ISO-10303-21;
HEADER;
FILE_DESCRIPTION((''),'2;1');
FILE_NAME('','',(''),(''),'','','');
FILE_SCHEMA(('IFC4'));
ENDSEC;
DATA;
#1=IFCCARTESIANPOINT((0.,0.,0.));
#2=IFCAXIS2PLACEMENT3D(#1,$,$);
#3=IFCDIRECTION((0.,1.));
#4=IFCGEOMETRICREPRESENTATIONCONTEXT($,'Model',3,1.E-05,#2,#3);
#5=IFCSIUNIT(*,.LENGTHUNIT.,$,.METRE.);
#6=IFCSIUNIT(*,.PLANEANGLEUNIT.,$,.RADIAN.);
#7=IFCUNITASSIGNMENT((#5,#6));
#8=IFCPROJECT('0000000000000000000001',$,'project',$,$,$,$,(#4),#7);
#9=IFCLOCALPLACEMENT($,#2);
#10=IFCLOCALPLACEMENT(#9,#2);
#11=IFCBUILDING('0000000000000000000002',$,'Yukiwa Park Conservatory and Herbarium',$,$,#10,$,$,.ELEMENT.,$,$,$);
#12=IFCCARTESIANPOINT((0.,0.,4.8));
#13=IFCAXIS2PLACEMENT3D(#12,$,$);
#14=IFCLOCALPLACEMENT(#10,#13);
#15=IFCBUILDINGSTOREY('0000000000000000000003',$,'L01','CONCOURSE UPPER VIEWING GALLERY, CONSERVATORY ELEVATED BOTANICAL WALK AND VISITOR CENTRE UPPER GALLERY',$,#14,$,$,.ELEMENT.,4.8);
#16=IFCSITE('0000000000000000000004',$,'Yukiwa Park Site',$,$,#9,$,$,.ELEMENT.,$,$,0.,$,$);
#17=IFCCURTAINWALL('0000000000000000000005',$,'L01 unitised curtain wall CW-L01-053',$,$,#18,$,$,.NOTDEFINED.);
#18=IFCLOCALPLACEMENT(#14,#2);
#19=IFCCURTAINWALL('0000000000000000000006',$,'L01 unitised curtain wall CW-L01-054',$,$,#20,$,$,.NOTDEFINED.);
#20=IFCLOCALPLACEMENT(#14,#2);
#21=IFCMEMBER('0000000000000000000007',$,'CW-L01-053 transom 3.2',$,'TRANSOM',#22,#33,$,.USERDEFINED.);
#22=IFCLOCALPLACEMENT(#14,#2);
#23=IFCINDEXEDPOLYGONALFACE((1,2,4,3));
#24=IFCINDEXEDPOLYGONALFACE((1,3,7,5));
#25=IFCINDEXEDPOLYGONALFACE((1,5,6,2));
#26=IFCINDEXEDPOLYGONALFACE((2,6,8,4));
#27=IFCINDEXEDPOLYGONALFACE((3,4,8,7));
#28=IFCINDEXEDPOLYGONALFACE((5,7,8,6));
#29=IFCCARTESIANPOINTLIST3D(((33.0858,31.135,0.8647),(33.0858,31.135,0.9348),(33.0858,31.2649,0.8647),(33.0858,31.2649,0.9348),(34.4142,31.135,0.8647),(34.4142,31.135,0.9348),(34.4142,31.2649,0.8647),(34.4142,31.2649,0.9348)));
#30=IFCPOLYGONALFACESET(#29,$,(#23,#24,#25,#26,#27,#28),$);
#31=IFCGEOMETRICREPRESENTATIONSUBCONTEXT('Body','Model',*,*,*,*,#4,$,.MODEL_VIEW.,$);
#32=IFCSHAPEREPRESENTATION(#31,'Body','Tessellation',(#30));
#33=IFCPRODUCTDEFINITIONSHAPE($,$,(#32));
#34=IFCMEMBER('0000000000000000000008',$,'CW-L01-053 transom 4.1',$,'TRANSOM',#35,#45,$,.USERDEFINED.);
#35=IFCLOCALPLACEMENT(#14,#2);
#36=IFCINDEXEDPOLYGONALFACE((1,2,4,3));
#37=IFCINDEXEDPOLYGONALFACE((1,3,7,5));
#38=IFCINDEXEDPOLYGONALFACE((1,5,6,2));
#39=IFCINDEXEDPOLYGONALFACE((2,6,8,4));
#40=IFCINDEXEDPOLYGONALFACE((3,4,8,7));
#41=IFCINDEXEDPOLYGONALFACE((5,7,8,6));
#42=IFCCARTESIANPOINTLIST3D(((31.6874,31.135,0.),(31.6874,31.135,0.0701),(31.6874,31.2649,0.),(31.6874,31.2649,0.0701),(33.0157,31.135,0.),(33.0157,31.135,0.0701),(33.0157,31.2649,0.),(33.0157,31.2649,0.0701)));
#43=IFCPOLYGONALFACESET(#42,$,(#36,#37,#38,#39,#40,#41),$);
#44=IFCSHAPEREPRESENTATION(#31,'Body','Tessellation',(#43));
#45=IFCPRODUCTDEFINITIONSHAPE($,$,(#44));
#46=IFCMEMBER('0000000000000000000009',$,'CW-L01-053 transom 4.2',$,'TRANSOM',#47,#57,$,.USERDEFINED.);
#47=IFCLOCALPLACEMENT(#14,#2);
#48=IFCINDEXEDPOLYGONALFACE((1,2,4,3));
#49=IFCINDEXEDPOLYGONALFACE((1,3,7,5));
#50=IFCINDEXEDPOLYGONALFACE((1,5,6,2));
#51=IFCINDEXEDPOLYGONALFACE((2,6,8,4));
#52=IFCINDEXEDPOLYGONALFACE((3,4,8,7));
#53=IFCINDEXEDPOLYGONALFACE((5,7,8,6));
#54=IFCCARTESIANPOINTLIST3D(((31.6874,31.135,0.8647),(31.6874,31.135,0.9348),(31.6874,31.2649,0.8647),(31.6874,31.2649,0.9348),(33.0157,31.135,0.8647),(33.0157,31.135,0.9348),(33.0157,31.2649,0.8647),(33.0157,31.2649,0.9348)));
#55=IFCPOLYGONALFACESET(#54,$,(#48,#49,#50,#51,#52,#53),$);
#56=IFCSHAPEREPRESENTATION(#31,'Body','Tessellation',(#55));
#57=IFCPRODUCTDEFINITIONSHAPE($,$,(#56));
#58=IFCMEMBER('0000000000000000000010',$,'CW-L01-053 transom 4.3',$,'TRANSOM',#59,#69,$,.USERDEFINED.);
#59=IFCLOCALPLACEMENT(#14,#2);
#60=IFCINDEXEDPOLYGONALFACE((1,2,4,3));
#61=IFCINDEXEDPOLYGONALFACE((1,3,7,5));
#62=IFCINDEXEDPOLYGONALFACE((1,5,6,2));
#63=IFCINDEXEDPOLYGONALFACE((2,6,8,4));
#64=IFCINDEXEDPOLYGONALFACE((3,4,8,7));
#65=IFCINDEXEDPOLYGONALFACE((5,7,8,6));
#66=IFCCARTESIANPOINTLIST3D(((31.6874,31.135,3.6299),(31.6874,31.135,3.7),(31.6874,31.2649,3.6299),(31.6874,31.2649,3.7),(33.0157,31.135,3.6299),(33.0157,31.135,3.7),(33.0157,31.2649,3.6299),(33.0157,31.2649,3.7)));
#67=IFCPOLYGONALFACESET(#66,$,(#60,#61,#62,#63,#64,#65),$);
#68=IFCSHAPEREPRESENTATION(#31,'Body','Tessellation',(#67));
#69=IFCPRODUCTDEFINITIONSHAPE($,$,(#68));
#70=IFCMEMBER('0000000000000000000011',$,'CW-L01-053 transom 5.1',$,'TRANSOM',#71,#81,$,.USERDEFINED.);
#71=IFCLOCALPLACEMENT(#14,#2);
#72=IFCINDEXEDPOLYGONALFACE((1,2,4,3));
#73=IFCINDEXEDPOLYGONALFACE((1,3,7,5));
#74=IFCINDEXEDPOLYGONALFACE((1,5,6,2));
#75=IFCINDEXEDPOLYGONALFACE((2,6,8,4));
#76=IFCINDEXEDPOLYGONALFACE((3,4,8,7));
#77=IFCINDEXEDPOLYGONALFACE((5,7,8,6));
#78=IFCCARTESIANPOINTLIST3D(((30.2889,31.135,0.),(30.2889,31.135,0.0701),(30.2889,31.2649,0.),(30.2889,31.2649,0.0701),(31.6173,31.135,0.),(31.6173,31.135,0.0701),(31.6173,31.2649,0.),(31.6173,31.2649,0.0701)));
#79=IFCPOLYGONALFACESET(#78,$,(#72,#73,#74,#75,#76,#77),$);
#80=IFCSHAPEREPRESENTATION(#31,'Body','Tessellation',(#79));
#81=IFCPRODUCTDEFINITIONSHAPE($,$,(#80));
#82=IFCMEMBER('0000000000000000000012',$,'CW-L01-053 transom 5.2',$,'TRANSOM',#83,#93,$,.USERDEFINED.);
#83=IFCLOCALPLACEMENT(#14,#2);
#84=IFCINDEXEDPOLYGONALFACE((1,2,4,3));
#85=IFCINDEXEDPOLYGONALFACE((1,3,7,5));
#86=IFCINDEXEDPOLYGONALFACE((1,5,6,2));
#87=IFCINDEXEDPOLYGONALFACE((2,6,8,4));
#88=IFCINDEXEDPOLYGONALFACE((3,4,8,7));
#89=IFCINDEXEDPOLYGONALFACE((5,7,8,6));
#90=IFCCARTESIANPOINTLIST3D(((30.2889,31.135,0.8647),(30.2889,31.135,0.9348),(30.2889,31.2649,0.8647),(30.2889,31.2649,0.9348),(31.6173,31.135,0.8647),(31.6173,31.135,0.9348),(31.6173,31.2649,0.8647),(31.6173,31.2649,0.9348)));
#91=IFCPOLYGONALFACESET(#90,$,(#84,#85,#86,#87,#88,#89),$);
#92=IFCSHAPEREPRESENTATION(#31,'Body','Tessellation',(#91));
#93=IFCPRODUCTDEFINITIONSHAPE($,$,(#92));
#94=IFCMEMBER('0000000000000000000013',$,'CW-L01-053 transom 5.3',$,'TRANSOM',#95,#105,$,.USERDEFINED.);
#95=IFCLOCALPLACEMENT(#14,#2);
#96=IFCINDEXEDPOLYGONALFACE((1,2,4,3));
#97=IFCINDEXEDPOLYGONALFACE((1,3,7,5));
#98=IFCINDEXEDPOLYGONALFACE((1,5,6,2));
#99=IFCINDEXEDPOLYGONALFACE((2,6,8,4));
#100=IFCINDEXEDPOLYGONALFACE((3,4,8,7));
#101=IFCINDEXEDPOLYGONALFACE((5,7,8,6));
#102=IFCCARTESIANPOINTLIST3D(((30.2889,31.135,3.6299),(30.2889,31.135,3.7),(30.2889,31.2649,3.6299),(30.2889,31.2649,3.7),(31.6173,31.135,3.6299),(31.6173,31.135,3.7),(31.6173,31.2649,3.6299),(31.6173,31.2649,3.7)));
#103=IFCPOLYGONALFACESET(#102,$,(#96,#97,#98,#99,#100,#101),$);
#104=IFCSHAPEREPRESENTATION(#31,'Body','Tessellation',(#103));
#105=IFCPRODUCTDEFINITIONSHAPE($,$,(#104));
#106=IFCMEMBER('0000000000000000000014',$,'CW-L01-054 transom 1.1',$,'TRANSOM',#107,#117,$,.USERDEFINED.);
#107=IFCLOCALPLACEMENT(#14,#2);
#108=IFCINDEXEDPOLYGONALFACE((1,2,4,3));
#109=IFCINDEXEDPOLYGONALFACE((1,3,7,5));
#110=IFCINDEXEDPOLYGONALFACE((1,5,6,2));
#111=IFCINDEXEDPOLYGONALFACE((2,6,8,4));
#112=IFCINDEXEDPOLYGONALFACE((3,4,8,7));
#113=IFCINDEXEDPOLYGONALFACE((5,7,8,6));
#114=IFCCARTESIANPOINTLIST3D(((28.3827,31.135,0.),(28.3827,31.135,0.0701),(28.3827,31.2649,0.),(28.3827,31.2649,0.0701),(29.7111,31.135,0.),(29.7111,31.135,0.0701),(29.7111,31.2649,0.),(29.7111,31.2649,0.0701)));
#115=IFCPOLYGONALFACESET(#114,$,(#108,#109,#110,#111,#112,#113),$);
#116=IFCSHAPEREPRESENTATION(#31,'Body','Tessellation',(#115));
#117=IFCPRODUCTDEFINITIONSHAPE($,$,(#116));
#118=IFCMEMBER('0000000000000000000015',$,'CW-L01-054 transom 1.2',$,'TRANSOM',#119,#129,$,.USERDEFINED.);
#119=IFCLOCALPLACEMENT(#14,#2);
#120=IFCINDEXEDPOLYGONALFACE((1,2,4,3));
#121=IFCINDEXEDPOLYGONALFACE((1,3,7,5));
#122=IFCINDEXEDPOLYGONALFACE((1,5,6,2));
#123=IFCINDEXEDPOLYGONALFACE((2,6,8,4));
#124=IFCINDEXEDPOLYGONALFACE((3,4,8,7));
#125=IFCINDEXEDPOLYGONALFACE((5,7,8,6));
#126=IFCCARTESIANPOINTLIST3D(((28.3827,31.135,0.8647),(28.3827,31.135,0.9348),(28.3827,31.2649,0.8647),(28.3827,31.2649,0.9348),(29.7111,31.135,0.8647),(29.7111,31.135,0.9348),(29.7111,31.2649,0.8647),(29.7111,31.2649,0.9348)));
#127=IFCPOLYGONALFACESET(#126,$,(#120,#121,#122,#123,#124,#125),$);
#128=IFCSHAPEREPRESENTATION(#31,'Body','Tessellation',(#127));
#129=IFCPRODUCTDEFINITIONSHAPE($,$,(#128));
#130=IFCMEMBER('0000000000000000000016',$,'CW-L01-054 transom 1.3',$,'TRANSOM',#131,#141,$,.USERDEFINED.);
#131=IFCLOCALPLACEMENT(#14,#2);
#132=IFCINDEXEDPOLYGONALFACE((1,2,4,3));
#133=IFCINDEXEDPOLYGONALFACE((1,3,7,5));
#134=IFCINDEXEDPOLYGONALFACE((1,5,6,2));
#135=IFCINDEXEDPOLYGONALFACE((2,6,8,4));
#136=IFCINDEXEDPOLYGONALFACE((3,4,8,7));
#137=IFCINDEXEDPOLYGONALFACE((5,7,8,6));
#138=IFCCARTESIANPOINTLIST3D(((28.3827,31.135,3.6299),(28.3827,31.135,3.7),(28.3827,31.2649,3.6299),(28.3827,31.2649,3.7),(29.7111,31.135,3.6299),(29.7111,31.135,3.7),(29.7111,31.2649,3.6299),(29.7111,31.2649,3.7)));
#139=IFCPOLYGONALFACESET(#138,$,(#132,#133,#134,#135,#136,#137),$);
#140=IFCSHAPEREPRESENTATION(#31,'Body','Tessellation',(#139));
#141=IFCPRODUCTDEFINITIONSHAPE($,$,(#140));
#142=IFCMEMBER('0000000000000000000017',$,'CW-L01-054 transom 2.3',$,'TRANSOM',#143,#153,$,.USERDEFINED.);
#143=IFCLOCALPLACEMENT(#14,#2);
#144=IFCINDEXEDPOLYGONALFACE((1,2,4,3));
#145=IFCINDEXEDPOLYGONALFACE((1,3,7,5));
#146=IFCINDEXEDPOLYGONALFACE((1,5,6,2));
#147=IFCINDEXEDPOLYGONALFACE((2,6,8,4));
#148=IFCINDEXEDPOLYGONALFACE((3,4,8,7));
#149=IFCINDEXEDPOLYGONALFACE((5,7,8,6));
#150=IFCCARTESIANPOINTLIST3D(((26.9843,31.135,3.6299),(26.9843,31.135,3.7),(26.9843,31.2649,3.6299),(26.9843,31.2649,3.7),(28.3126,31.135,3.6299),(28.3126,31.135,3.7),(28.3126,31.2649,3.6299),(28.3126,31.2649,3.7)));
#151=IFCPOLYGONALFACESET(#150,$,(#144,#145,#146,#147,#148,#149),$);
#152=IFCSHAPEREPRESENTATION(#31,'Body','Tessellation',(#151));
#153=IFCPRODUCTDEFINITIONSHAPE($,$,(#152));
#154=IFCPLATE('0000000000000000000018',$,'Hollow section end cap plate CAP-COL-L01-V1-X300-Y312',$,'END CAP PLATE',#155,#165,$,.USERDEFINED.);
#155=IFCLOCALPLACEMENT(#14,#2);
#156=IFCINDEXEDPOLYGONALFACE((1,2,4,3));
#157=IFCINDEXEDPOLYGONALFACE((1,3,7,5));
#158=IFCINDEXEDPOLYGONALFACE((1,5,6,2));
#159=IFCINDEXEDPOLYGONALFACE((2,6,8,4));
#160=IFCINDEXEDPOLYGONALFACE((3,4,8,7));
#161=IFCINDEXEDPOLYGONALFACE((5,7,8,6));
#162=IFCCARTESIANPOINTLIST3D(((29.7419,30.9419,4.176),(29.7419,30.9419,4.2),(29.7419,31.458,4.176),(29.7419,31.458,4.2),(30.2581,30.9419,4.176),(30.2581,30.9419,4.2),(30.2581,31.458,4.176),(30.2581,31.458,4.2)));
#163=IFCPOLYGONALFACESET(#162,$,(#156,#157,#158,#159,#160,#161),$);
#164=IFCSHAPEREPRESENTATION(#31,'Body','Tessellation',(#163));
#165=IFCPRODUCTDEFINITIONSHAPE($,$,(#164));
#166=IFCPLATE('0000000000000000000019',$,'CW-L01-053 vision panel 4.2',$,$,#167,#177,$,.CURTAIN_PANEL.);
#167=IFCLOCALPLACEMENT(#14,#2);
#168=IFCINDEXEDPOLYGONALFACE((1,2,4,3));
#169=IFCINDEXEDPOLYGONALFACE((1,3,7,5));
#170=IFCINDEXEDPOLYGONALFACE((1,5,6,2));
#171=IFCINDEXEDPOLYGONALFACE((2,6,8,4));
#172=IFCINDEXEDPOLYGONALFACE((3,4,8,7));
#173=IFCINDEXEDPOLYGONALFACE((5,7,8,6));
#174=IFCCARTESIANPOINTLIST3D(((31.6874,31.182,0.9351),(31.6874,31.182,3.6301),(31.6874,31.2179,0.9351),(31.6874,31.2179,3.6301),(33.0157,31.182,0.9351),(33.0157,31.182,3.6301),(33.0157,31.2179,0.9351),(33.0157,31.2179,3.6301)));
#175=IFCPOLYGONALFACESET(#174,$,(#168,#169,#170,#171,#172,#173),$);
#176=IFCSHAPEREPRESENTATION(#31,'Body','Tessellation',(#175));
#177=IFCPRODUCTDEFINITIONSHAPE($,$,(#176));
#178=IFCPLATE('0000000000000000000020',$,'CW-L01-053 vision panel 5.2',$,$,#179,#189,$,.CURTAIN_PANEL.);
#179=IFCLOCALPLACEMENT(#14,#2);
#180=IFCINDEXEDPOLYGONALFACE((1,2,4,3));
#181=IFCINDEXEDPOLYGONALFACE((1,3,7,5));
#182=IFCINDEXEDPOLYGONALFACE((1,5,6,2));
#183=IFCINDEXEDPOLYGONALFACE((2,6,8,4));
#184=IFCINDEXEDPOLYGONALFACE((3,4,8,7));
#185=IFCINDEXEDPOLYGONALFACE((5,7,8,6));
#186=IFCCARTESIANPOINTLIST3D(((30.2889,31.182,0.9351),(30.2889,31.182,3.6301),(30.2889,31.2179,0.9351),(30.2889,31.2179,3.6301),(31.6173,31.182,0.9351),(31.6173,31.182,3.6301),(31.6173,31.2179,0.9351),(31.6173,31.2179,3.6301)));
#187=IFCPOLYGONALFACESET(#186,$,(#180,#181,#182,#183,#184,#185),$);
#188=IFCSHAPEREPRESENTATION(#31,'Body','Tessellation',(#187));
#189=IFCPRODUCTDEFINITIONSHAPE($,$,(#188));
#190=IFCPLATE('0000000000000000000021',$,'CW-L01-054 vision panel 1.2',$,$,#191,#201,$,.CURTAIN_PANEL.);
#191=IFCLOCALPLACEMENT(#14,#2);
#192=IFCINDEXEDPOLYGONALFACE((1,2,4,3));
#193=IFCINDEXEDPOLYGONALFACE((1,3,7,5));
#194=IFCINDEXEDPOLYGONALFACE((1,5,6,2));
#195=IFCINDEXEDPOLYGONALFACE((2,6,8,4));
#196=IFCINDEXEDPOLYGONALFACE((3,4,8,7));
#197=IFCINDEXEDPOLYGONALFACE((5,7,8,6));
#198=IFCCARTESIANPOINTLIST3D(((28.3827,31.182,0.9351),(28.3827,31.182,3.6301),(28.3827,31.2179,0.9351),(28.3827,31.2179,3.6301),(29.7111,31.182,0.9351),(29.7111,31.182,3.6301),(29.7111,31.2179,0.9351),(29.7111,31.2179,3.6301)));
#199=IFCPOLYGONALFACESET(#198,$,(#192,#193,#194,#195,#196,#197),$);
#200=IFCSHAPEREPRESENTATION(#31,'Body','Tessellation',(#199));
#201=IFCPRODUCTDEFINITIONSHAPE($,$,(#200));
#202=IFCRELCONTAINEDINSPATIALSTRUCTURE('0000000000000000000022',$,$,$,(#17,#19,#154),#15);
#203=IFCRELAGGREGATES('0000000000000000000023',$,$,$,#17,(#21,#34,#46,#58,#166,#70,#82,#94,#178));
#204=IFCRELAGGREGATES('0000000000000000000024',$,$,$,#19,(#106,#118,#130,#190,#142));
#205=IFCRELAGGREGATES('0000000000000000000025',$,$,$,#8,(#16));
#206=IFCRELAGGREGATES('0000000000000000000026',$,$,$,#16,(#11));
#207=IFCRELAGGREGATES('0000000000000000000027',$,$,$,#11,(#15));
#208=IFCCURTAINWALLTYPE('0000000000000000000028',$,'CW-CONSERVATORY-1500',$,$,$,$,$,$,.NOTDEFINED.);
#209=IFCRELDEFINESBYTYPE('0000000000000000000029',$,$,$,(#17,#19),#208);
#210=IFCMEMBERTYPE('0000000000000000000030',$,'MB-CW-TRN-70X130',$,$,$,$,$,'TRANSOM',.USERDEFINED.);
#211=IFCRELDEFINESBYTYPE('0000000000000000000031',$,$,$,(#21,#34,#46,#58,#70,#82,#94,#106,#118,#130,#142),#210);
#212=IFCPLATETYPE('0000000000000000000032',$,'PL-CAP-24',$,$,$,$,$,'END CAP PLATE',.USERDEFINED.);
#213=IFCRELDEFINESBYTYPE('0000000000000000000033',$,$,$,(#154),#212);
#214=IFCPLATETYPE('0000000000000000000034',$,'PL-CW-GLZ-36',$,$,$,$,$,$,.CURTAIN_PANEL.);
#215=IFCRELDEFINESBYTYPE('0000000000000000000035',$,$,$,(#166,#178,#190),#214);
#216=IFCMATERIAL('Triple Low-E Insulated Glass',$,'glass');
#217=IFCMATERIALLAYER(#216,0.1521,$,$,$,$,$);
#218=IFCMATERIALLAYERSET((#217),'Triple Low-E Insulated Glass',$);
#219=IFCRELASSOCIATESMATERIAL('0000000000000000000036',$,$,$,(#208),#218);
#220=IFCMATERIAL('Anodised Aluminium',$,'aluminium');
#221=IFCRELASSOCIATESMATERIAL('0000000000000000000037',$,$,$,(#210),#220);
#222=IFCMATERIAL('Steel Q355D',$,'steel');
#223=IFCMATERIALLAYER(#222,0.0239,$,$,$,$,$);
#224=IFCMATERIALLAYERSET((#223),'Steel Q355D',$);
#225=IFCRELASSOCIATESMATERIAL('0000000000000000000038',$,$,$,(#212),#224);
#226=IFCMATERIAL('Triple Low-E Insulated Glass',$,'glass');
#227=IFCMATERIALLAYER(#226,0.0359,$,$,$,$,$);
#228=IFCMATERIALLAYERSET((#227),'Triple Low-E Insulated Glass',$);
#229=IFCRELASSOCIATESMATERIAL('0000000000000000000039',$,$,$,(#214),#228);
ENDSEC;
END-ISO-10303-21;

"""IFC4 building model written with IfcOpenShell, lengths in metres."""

from ifc_helpers import new_model, si_unit, direction, frame, origin, origin_2d, place, context, subcontext, project, spatial, rectangle, extrude, material, layer, layer_set, type_object, element, aggregate, save


model = new_model("IFC4")

# Units and contexts
model_context = context("Model", 3, precision=1e-05, world=origin(), true_north=direction((0.0, 1.0)))
body_context = subcontext(model_context, "Body", "Model", "MODEL_VIEW")
ifc_project = project(units=[si_unit("LENGTHUNIT", "METRE"), si_unit("PLANEANGLEUNIT", "RADIAN")], contexts=[model_context])

# Site, building, storey
site_placement = place(None, origin())
site = spatial("IfcSite", under=ifc_project, at=site_placement, Name="Yukiwa Park Site", CompositionType="ELEMENT", RefElevation=0.0)
building_placement = place(site_placement, origin())
building = spatial("IfcBuilding", under=site, at=building_placement, Name="Yukiwa Park Conservatory and Herbarium", CompositionType="ELEMENT")
storey_placement = place(building_placement, frame((0.0, 0.0, 4.8)))
storey = spatial("IfcBuildingStorey", under=building, at=storey_placement, Name="L01", Description="CONCOURSE UPPER VIEWING GALLERY, CONSERVATORY ELEVATED BOTANICAL WALK AND VISITOR CENTRE UPPER GALLERY", CompositionType="ELEMENT", Elevation=4.8)

# Curtain walls
ifc_material_1 = material(Name="Triple Low-E Insulated Glass", Category="glass")
ifc_layer_1 = layer(ifc_material_1, 0.1521)
ifc_layer_set_1 = layer_set([ifc_layer_1], Name="Triple Low-E Insulated Glass")
curtain_wall_type = type_object("IfcCurtainWallType", Name="CW-CONSERVATORY-1500", PredefinedType="NOTDEFINED", material=ifc_layer_set_1)
curtain_wall_1_placement = place(storey_placement, origin())
curtain_wall_1 = element("IfcCurtainWall", 1, at=curtain_wall_1_placement, inside=storey, type_object=curtain_wall_type, Name="L01 unitised curtain wall CW-L01-053", PredefinedType="NOTDEFINED")
curtain_wall_2_placement = place(storey_placement, origin())
curtain_wall_2 = element("IfcCurtainWall", 2, at=curtain_wall_2_placement, inside=storey, type_object=curtain_wall_type, Name="L01 unitised curtain wall CW-L01-054", PredefinedType="NOTDEFINED")

# Members
ifc_material_2 = material(Name="Anodised Aluminium", Category="aluminium")
member_type_1 = type_object("IfcMemberType", Name="MB-CW-TRN-70X130", ElementType="TRANSOM", PredefinedType="USERDEFINED", material=ifc_material_2)
member_1_placement = place(storey_placement, frame((33.75, 31.2, 0.8647), z_axis=(0.0, 0.0, 1.0), x_axis=(-1.0, 0.0, 0.0)))
member_1 = element("IfcMember", 3, at=member_1_placement, type_object=member_type_1, Name="CW-L01-053 transom 3.2", ObjectType="TRANSOM", PredefinedType="USERDEFINED", context=body_context, shape_type="SweptSolid", body=[
    extrude(rectangle(XDim=1.3284, YDim=0.1299, at=origin_2d()), origin(), (0.0, 0.0, 1.0), 0.0701),
])
member_2_placement = place(storey_placement, frame((32.3516, 31.2, 0.0), z_axis=(0.0, 0.0, 1.0), x_axis=(-1.0, 0.0, 0.0)))
member_2 = element("IfcMember", 4, at=member_2_placement, type_object=member_type_1, Name="CW-L01-053 transom 4.1", ObjectType="TRANSOM", PredefinedType="USERDEFINED", context=body_context, shape_type="SweptSolid", body=[
    extrude(rectangle(XDim=1.3284, YDim=0.1299, at=origin_2d()), origin(), (0.0, 0.0, 1.0), 0.0701),
])
member_3_placement = place(storey_placement, frame((32.3516, 31.2, 0.8647), z_axis=(0.0, 0.0, 1.0), x_axis=(-1.0, 0.0, 0.0)))
member_3 = element("IfcMember", 5, at=member_3_placement, type_object=member_type_1, Name="CW-L01-053 transom 4.2", ObjectType="TRANSOM", PredefinedType="USERDEFINED", context=body_context, shape_type="SweptSolid", body=[
    extrude(rectangle(XDim=1.3284, YDim=0.1299, at=origin_2d()), origin(), (0.0, 0.0, 1.0), 0.0701),
])
member_4_placement = place(storey_placement, frame((32.3516, 31.2, 3.6299), z_axis=(0.0, 0.0, 1.0), x_axis=(-1.0, 0.0, 0.0)))
member_4 = element("IfcMember", 6, at=member_4_placement, type_object=member_type_1, Name="CW-L01-053 transom 4.3", ObjectType="TRANSOM", PredefinedType="USERDEFINED", context=body_context, shape_type="SweptSolid", body=[
    extrude(rectangle(XDim=1.3284, YDim=0.1299, at=origin_2d()), origin(), (0.0, 0.0, 1.0), 0.0701),
])
member_5_placement = place(storey_placement, frame((30.9531, 31.2, 0.0), z_axis=(0.0, 0.0, 1.0), x_axis=(-1.0, 0.0, 0.0)))
member_5 = element("IfcMember", 7, at=member_5_placement, type_object=member_type_1, Name="CW-L01-053 transom 5.1", ObjectType="TRANSOM", PredefinedType="USERDEFINED", context=body_context, shape_type="SweptSolid", body=[
    extrude(rectangle(XDim=1.3284, YDim=0.1299, at=origin_2d()), origin(), (0.0, 0.0, 1.0), 0.0701),
])
member_6_placement = place(storey_placement, frame((30.9531, 31.2, 0.8647), z_axis=(0.0, 0.0, 1.0), x_axis=(-1.0, 0.0, 0.0)))
member_6 = element("IfcMember", 8, at=member_6_placement, type_object=member_type_1, Name="CW-L01-053 transom 5.2", ObjectType="TRANSOM", PredefinedType="USERDEFINED", context=body_context, shape_type="SweptSolid", body=[
    extrude(rectangle(XDim=1.3284, YDim=0.1299, at=origin_2d()), origin(), (0.0, 0.0, 1.0), 0.0701),
])
member_7_placement = place(storey_placement, frame((30.9531, 31.2, 3.6299), z_axis=(0.0, 0.0, 1.0), x_axis=(-1.0, 0.0, 0.0)))
member_7 = element("IfcMember", 9, at=member_7_placement, type_object=member_type_1, Name="CW-L01-053 transom 5.3", ObjectType="TRANSOM", PredefinedType="USERDEFINED", context=body_context, shape_type="SweptSolid", body=[
    extrude(rectangle(XDim=1.3284, YDim=0.1299, at=origin_2d()), origin(), (0.0, 0.0, 1.0), 0.0701),
])
member_8_placement = place(storey_placement, frame((29.0469, 31.2, 0.0), z_axis=(0.0, 0.0, 1.0), x_axis=(-1.0, 0.0, 0.0)))
member_8 = element("IfcMember", 10, at=member_8_placement, type_object=member_type_1, Name="CW-L01-054 transom 1.1", ObjectType="TRANSOM", PredefinedType="USERDEFINED", context=body_context, shape_type="SweptSolid", body=[
    extrude(rectangle(XDim=1.3284, YDim=0.1299, at=origin_2d()), origin(), (0.0, 0.0, 1.0), 0.0701),
])
member_9_placement = place(storey_placement, frame((29.0469, 31.2, 0.8647), z_axis=(0.0, 0.0, 1.0), x_axis=(-1.0, 0.0, 0.0)))
member_9 = element("IfcMember", 11, at=member_9_placement, type_object=member_type_1, Name="CW-L01-054 transom 1.2", ObjectType="TRANSOM", PredefinedType="USERDEFINED", context=body_context, shape_type="SweptSolid", body=[
    extrude(rectangle(XDim=1.3284, YDim=0.1299, at=origin_2d()), origin(), (0.0, 0.0, 1.0), 0.0701),
])
member_10_placement = place(storey_placement, frame((29.0469, 31.2, 3.6299), z_axis=(0.0, 0.0, 1.0), x_axis=(-1.0, 0.0, 0.0)))
member_10 = element("IfcMember", 12, at=member_10_placement, type_object=member_type_1, Name="CW-L01-054 transom 1.3", ObjectType="TRANSOM", PredefinedType="USERDEFINED", context=body_context, shape_type="SweptSolid", body=[
    extrude(rectangle(XDim=1.3284, YDim=0.1299, at=origin_2d()), origin(), (0.0, 0.0, 1.0), 0.0701),
])
member_11_placement = place(storey_placement, frame((27.6484, 31.2, 3.6299), z_axis=(0.0, 0.0, 1.0), x_axis=(-1.0, 0.0, 0.0)))
member_11 = element("IfcMember", 13, at=member_11_placement, type_object=member_type_1, Name="CW-L01-054 transom 2.3", ObjectType="TRANSOM", PredefinedType="USERDEFINED", context=body_context, shape_type="SweptSolid", body=[
    extrude(rectangle(XDim=1.3284, YDim=0.1299, at=origin_2d()), origin(), (0.0, 0.0, 1.0), 0.0701),
])

# Plates
ifc_material_3 = material(Name="Steel Q355D", Category="steel")
ifc_layer_2 = layer(ifc_material_3, 0.0239)
ifc_layer_set_2 = layer_set([ifc_layer_2], Name="Steel Q355D")
plate_type_1 = type_object("IfcPlateType", Name="PL-CAP-24", ElementType="END CAP PLATE", PredefinedType="USERDEFINED", material=ifc_layer_set_2)
plate_1_placement = place(storey_placement, frame((30.0, 31.2, 4.176), z_axis=(0.0, 0.0, 1.0), x_axis=(1.0, 0.0, 0.0)))
element("IfcPlate", 14, at=plate_1_placement, inside=storey, type_object=plate_type_1, Name="Hollow section end cap plate CAP-COL-L01-V1-X300-Y312", ObjectType="END CAP PLATE", PredefinedType="USERDEFINED", context=body_context, shape_type="SweptSolid", body=[
    extrude(rectangle(XDim=0.5161, YDim=0.5161, at=origin_2d()), origin(), (0.0, 0.0, 1.0), 0.0239),
])
ifc_material_4 = material(Name="Triple Low-E Insulated Glass", Category="glass")
ifc_layer_3 = layer(ifc_material_4, 0.0359)
ifc_layer_set_3 = layer_set([ifc_layer_3], Name="Triple Low-E Insulated Glass")
plate_type_2 = type_object("IfcPlateType", Name="PL-CW-GLZ-36", PredefinedType="CURTAIN_PANEL", material=ifc_layer_set_3)
plate_2_placement = place(storey_placement, frame((32.3516, 31.2, 0.9351), z_axis=(0.0, 0.0, 1.0), x_axis=(-1.0, 0.0, 0.0)))
plate_2 = element("IfcPlate", 15, at=plate_2_placement, type_object=plate_type_2, Name="CW-L01-053 vision panel 4.2", PredefinedType="CURTAIN_PANEL", context=body_context, shape_type="SweptSolid", body=[
    extrude(rectangle(XDim=1.3284, YDim=0.0359, at=origin_2d()), origin(), (0.0, 0.0, 1.0), 2.6951),
])
plate_3_placement = place(storey_placement, frame((30.9531, 31.2, 0.9351), z_axis=(0.0, 0.0, 1.0), x_axis=(-1.0, 0.0, 0.0)))
plate_3 = element("IfcPlate", 16, at=plate_3_placement, type_object=plate_type_2, Name="CW-L01-053 vision panel 5.2", PredefinedType="CURTAIN_PANEL", context=body_context, shape_type="SweptSolid", body=[
    extrude(rectangle(XDim=1.3284, YDim=0.0359, at=origin_2d()), origin(), (0.0, 0.0, 1.0), 2.6951),
])
plate_4_placement = place(storey_placement, frame((29.0469, 31.2, 0.9351), z_axis=(0.0, 0.0, 1.0), x_axis=(-1.0, 0.0, 0.0)))
plate_4 = element("IfcPlate", 17, at=plate_4_placement, type_object=plate_type_2, Name="CW-L01-054 vision panel 1.2", PredefinedType="CURTAIN_PANEL", context=body_context, shape_type="SweptSolid", body=[
    extrude(rectangle(XDim=1.3284, YDim=0.0359, at=origin_2d()), origin(), (0.0, 0.0, 1.0), 2.6951),
])
aggregate(curtain_wall_1, [member_1, member_2, member_3, member_4, plate_2, member_5, member_6, member_7, plate_3])
aggregate(curtain_wall_2, [member_8, member_9, member_10, plate_4, member_11])

save(model, "model.ifc")
